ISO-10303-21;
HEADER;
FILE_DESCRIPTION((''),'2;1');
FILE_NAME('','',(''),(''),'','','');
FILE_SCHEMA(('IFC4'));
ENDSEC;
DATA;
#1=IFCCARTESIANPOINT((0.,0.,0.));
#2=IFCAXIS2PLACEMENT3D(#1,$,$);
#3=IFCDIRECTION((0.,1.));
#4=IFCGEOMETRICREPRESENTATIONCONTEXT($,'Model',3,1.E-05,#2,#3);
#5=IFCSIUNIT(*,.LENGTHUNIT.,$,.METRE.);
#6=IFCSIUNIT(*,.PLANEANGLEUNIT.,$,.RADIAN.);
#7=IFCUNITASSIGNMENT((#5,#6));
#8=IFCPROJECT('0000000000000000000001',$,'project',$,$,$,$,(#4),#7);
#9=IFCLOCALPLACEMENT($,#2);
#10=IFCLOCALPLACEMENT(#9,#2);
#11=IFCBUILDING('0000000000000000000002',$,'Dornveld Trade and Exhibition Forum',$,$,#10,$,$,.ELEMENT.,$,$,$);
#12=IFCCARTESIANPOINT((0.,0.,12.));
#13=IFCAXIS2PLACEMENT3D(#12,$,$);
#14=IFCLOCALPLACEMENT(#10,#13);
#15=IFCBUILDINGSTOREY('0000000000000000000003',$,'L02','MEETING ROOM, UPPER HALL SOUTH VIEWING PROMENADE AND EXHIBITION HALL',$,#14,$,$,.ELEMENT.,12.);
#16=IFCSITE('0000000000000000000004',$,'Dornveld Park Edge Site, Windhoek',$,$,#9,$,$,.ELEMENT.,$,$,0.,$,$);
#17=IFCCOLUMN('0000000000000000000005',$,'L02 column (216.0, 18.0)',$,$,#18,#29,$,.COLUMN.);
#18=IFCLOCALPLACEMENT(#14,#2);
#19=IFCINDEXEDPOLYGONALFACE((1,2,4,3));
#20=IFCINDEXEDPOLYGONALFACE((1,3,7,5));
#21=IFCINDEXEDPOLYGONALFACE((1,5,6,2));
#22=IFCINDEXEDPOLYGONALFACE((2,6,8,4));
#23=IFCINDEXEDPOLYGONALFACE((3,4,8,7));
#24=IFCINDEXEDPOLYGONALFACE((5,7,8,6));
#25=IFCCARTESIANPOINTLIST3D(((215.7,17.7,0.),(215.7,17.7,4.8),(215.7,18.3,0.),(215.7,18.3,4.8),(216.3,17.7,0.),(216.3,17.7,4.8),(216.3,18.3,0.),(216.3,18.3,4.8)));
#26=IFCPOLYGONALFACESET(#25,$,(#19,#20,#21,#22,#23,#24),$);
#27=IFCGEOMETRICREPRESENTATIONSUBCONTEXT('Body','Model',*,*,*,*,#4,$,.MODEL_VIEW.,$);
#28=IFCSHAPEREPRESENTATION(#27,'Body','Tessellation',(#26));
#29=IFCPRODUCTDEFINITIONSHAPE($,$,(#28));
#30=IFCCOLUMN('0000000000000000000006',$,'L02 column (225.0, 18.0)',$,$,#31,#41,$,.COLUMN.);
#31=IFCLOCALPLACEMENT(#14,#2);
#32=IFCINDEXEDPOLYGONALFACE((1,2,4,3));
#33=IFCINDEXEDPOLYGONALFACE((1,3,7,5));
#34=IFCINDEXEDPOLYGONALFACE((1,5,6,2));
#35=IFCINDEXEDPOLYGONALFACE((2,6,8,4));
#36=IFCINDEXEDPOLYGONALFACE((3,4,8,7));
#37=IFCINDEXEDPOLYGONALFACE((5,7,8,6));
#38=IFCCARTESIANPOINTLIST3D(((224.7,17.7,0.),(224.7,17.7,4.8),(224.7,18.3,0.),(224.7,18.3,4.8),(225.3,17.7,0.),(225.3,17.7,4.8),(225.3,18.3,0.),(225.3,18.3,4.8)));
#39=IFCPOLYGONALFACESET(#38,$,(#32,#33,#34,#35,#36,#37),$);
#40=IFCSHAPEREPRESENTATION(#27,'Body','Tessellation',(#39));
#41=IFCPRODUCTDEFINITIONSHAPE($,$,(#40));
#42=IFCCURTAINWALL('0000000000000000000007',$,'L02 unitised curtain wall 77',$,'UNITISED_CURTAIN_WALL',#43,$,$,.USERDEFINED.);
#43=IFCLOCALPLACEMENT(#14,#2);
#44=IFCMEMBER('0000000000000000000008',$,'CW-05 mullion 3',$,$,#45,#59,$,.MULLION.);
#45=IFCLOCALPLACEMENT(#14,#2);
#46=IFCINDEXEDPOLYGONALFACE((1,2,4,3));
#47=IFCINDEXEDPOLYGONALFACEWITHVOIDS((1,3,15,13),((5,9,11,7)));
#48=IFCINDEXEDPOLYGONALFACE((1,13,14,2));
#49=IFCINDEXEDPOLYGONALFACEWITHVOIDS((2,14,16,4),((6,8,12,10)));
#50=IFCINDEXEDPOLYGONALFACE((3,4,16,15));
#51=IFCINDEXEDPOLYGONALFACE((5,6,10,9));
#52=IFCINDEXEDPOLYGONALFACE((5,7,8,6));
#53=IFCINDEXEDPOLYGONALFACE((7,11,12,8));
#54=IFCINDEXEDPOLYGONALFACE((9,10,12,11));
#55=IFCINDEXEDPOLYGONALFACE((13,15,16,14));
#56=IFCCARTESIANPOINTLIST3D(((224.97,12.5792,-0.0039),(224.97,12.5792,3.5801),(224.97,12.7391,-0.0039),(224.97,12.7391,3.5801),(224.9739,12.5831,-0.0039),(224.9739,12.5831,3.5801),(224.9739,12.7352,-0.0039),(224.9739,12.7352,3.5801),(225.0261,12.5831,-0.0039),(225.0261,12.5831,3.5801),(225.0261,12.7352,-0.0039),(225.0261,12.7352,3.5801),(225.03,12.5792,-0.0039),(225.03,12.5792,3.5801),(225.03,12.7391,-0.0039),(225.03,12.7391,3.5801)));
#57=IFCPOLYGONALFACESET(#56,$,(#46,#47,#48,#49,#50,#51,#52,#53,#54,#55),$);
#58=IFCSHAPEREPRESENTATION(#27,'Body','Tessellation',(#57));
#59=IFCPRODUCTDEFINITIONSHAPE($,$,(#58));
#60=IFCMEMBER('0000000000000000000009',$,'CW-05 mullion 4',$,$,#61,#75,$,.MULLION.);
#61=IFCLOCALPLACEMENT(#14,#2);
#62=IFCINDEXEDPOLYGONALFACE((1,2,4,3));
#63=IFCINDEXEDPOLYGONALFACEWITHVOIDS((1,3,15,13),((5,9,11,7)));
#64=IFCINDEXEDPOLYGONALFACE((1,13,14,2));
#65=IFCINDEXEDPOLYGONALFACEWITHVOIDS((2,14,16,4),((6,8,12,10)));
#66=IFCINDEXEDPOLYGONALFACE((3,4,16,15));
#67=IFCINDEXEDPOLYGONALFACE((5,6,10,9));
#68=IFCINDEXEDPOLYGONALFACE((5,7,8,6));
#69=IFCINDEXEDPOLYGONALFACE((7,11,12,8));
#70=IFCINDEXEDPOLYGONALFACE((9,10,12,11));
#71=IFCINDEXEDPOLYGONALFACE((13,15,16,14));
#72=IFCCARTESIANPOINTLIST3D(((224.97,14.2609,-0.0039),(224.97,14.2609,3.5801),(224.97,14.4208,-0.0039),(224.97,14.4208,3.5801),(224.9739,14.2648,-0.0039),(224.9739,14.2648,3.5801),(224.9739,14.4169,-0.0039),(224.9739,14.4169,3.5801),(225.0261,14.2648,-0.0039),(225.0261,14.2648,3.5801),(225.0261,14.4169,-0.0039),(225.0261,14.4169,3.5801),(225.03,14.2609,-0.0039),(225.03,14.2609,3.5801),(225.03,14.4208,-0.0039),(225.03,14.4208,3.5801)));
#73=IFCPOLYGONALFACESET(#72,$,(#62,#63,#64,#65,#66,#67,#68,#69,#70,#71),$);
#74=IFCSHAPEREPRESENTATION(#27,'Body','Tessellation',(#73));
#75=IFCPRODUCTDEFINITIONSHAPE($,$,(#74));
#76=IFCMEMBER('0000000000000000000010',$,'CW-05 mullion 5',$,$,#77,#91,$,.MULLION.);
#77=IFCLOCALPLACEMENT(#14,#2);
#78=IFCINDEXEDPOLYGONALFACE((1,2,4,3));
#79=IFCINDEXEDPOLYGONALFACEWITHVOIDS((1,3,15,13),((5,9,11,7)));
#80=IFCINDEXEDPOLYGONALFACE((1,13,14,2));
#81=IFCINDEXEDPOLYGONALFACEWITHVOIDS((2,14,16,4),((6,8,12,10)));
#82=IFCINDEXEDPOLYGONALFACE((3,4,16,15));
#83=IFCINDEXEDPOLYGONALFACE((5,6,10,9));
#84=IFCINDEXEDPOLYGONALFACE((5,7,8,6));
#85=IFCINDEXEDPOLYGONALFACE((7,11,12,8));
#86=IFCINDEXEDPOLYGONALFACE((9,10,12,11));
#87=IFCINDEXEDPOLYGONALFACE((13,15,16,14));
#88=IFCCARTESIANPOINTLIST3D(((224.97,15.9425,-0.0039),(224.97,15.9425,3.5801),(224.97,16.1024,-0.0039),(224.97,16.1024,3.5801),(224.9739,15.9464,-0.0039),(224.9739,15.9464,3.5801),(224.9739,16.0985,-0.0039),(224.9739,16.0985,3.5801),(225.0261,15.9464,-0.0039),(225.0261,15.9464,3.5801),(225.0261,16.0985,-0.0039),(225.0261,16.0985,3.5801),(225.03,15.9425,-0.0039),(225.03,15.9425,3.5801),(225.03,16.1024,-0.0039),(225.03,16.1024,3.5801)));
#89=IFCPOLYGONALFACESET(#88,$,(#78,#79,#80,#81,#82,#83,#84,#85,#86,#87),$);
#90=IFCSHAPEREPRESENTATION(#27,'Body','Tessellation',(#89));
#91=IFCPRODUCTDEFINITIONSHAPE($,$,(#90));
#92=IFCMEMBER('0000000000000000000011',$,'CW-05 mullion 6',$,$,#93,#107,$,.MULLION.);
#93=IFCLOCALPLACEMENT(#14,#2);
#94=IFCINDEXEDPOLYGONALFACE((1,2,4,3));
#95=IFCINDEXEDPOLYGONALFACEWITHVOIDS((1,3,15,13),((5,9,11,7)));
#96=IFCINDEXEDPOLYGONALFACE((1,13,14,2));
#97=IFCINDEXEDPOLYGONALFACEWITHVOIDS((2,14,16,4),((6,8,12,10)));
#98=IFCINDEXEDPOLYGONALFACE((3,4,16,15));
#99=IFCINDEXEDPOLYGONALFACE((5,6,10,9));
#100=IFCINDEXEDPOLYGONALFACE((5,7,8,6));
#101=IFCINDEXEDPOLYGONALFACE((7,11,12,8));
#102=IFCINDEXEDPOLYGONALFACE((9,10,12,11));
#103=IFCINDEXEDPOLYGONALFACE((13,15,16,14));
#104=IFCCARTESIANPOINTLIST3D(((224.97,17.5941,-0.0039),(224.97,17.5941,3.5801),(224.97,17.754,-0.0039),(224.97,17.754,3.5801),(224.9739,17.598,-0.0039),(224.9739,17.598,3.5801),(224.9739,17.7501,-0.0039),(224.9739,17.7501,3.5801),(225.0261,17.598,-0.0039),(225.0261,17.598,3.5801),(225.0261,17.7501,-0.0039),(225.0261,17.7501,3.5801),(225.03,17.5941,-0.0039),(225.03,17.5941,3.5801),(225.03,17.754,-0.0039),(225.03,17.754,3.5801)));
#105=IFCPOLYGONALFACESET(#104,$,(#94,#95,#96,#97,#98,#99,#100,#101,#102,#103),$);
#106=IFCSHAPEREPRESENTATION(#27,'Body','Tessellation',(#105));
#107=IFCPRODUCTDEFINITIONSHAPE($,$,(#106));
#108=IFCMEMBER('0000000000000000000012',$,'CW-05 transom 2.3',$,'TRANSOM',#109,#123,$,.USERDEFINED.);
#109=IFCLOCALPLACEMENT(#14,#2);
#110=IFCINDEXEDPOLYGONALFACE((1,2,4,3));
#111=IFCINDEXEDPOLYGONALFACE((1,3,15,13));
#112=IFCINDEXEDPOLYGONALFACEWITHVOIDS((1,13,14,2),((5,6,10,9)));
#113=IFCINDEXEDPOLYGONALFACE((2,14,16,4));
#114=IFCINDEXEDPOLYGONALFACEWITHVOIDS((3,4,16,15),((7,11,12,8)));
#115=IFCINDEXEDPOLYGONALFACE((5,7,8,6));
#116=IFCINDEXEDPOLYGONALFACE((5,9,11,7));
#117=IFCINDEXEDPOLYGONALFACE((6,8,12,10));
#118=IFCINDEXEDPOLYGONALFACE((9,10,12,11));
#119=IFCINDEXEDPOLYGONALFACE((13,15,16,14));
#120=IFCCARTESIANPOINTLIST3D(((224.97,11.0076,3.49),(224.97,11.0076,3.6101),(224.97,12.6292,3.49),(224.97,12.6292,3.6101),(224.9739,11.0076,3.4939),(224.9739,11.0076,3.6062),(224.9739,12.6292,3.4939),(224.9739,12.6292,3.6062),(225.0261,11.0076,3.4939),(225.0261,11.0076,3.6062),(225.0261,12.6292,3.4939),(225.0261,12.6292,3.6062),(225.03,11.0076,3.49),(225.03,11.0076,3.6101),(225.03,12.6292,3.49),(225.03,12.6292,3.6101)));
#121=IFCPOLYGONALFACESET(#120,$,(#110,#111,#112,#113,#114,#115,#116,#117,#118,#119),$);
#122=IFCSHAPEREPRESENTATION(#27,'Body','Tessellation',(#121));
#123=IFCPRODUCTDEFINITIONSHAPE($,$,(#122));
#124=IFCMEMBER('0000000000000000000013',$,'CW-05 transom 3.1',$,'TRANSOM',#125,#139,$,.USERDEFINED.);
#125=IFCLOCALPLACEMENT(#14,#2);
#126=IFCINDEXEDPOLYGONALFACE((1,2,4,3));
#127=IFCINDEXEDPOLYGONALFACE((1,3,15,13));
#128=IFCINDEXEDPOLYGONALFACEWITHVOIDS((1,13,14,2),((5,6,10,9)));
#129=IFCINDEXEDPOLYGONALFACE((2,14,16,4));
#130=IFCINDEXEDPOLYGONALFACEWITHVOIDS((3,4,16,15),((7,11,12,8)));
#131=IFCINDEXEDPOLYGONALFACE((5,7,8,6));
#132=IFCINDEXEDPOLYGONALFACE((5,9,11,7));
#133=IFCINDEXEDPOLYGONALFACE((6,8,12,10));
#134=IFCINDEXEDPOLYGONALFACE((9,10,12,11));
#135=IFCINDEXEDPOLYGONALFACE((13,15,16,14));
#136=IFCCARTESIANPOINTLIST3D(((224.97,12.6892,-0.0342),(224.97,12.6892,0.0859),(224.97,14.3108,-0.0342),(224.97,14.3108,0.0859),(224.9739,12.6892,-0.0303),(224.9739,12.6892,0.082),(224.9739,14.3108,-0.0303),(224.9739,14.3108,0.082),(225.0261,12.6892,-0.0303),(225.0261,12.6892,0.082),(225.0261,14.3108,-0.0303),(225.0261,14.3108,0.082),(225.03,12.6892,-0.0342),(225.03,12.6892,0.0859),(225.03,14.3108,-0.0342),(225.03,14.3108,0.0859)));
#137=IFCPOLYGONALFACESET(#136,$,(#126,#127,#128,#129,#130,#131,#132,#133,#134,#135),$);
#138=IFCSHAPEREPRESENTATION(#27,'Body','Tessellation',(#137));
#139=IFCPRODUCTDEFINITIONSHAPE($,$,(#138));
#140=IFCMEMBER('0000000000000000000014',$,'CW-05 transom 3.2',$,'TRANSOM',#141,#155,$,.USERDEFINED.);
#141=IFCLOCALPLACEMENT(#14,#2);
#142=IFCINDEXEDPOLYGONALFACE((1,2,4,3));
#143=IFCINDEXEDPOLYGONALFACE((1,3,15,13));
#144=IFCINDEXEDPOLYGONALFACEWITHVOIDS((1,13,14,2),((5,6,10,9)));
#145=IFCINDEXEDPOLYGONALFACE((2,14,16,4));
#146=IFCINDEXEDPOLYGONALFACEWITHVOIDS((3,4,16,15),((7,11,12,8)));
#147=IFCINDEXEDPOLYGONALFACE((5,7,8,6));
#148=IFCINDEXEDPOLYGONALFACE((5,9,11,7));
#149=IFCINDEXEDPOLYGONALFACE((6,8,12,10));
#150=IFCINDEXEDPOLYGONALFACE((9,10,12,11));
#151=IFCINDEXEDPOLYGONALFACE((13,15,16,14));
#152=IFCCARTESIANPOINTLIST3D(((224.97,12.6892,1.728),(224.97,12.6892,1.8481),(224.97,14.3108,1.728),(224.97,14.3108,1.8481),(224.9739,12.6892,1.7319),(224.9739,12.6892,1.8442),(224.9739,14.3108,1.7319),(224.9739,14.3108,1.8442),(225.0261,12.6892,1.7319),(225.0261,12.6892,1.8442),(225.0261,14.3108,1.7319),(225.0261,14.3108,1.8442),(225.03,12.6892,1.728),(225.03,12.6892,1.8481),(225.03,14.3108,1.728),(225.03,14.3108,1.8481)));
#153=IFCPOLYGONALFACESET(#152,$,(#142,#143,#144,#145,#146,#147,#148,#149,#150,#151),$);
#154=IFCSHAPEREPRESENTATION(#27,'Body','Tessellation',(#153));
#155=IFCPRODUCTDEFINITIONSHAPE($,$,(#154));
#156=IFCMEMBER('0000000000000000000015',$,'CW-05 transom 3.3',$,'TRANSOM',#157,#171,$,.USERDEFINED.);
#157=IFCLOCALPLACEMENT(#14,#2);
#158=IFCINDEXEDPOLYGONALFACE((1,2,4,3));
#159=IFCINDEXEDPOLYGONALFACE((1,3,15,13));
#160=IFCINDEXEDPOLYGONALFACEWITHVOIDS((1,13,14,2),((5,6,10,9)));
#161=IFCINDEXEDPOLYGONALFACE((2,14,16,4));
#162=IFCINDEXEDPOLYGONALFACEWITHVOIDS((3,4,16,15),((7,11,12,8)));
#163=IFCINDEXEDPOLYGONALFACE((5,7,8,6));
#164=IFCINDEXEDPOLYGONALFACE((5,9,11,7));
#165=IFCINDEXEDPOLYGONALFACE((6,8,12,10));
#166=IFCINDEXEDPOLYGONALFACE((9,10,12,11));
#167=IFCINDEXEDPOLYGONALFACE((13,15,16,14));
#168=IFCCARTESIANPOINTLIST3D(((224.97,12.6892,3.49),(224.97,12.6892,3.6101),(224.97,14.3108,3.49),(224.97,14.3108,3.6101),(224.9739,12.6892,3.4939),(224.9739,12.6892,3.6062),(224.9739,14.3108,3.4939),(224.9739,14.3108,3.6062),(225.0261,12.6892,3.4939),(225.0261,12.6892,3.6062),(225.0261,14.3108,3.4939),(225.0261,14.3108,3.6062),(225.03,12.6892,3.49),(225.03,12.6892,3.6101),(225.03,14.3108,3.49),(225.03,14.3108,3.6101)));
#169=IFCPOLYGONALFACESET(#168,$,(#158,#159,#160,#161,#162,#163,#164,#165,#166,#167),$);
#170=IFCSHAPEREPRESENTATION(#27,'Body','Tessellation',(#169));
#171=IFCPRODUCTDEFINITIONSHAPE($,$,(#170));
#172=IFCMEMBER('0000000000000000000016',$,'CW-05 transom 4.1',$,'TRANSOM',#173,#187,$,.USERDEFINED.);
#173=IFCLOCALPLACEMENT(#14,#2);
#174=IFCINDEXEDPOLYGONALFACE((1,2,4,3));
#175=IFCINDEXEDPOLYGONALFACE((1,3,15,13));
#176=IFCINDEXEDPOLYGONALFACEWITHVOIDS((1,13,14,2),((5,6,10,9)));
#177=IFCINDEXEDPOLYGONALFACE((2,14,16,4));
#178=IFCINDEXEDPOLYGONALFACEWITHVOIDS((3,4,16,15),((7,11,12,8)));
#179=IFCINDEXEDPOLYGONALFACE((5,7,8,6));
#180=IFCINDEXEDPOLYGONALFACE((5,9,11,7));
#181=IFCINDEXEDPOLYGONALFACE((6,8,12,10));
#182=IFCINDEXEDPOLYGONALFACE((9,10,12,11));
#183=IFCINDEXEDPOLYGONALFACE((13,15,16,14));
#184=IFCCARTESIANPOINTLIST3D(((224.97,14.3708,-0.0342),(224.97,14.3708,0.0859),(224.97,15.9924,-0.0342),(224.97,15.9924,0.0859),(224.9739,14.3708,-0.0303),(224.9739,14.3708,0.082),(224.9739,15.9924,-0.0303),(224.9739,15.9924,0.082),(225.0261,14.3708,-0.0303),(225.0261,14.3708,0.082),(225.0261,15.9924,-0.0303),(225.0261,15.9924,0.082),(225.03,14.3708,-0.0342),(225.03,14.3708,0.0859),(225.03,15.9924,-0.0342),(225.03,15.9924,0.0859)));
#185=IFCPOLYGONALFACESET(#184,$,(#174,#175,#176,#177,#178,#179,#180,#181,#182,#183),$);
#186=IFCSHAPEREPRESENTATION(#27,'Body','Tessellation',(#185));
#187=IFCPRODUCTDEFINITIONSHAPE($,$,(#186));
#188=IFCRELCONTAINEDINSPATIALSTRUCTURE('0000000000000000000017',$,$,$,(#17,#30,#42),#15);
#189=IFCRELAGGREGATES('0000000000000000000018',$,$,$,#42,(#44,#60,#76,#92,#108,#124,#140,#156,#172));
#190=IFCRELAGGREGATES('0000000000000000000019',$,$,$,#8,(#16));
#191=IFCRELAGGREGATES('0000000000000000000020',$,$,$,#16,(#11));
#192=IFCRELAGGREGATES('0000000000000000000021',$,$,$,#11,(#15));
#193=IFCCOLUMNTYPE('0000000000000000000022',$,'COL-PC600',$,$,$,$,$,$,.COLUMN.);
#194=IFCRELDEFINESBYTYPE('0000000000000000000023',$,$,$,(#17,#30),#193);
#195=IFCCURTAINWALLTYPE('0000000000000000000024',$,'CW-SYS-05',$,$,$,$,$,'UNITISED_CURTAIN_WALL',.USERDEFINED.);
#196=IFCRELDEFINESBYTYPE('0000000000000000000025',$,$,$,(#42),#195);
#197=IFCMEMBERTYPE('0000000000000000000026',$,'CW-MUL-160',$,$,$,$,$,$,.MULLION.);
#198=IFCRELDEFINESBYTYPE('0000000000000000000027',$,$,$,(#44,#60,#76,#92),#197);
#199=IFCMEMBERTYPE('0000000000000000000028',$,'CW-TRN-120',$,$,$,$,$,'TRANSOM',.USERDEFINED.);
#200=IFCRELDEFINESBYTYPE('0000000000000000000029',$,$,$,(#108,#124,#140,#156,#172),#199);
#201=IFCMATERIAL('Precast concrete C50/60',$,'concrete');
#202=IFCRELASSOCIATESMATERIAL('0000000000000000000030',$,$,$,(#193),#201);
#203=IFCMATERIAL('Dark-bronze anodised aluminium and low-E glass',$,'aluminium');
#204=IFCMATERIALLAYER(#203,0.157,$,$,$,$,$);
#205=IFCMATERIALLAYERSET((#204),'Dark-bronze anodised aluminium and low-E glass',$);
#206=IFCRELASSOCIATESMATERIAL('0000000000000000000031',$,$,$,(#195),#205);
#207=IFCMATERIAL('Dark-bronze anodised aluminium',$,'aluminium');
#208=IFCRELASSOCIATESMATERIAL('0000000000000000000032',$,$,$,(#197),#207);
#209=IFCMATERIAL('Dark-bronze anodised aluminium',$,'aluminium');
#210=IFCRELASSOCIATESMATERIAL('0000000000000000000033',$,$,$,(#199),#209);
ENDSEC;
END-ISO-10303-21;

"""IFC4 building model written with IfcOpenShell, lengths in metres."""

from ifc_helpers import new_model, si_unit, direction, frame, origin, origin_2d, place, context, subcontext, project, spatial, rectangle, hollow_rectangle, extrude, material, layer, layer_set, material_profile, profile_set, type_object, element, aggregate, save


model = new_model("IFC4")

# Units and contexts
model_context = context("Model", 3, precision=1e-05, world=origin(), true_north=direction((0.0, 1.0)))
body_context = subcontext(model_context, "Body", "Model", "MODEL_VIEW")
ifc_project = project(units=[si_unit("LENGTHUNIT", "METRE"), si_unit("PLANEANGLEUNIT", "RADIAN")], contexts=[model_context])

# Site, building, storey
site_placement = place(None, origin())
site = spatial("IfcSite", under=ifc_project, at=site_placement, Name="Dornveld Park Edge Site, Windhoek", CompositionType="ELEMENT", RefElevation=0.0)
building_placement = place(site_placement, origin())
building = spatial("IfcBuilding", under=site, at=building_placement, Name="Dornveld Trade and Exhibition Forum", CompositionType="ELEMENT")
storey_placement = place(building_placement, frame((0.0, 0.0, 12.0)))
storey = spatial("IfcBuildingStorey", under=building, at=storey_placement, Name="L02", Description="MEETING ROOM, UPPER HALL SOUTH VIEWING PROMENADE AND EXHIBITION HALL", CompositionType="ELEMENT", Elevation=12.0)

# Columns
ifc_material_1 = material(Name="Precast concrete C50/60", Category="concrete")
ifc_material_profile_1 = material_profile(ifc_material_1, rectangle(XDim=0.6001, YDim=0.6001, at=origin_2d()), Name="PC-COL 600x600")
ifc_profile_set_1 = profile_set([ifc_material_profile_1], Name="Precast concrete C50/60")
column_type = type_object("IfcColumnType", Name="COL-PC600", PredefinedType="COLUMN", material=ifc_profile_set_1)
for number, where, z_axis, x_axis, name in (
    (1, (216.0, 18.0, 0.0), (0.0, 0.0, 1.0), (1.0, 0.0, 0.0), "L02 column (216.0, 18.0)"),
    (2, (225.0, 18.0, 0.0), (0.0, 0.0, 1.0), (1.0, 0.0, 0.0), "L02 column (225.0, 18.0)"),
):
    element("IfcColumn", number, at=place(storey_placement, frame(where, z_axis=z_axis, x_axis=x_axis)), inside=storey, type_object=column_type, Name=name, PredefinedType="COLUMN", context=body_context, shape_type="SweptSolid", body=[
        extrude(rectangle(XDim=0.6001, YDim=0.6001, at=origin_2d()), origin(), (0.0, 0.0, 1.0), 4.8),
    ])

# Curtain wall, members
ifc_material_2 = material(Name="Dark-bronze anodised aluminium and low-E glass", Category="aluminium")
ifc_layer_1 = layer(ifc_material_2, 0.157)
ifc_layer_set_1 = layer_set([ifc_layer_1], Name="Dark-bronze anodised aluminium and low-E glass")
curtain_wall_type = type_object("IfcCurtainWallType", Name="CW-SYS-05", ElementType="UNITISED_CURTAIN_WALL", PredefinedType="USERDEFINED", material=ifc_layer_set_1)
curtain_wall_placement = place(storey_placement, origin())
curtain_wall = element("IfcCurtainWall", 3, at=curtain_wall_placement, inside=storey, type_object=curtain_wall_type, Name="L02 unitised curtain wall 77", ObjectType="UNITISED_CURTAIN_WALL", PredefinedType="USERDEFINED")
ifc_material_3 = material(Name="Dark-bronze anodised aluminium", Category="aluminium")
ifc_material_profile_2 = material_profile(ifc_material_3, hollow_rectangle(XDim=0.0601, YDim=0.1599, WallThickness=0.0039, at=origin_2d()), Name="RHS 160x60x4")
ifc_profile_set_2 = profile_set([ifc_material_profile_2], Name="Dark-bronze anodised aluminium")
member_type_1 = type_object("IfcMemberType", Name="CW-MUL-160", PredefinedType="MULLION", material=ifc_profile_set_2)
member_1_placement = place(storey_placement, frame((225.0, 12.6592, -0.0039), z_axis=(0.0, 0.0, 1.0), x_axis=(-1.0, 0.0, 0.0)))
member_1 = element("IfcMember", 4, at=member_1_placement, type_object=member_type_1, Name="CW-05 mullion 3", PredefinedType="MULLION", context=body_context, shape_type="SweptSolid", body=[
    extrude(hollow_rectangle(XDim=0.0601, YDim=0.1599, WallThickness=0.0039, at=origin_2d()), origin(), (0.0, 0.0, 1.0), 3.584),
])
member_2_placement = place(storey_placement, frame((225.0, 14.3408, -0.0039), z_axis=(0.0, 0.0, 1.0), x_axis=(-1.0, 0.0, 0.0)))
member_2 = element("IfcMember", 5, at=member_2_placement, type_object=member_type_1, Name="CW-05 mullion 4", PredefinedType="MULLION", context=body_context, shape_type="SweptSolid", body=[
    extrude(hollow_rectangle(XDim=0.0601, YDim=0.1599, WallThickness=0.0039, at=origin_2d()), origin(), (0.0, 0.0, 1.0), 3.584),
])
member_3_placement = place(storey_placement, frame((225.0, 16.0225, -0.0039), z_axis=(0.0, 0.0, 1.0), x_axis=(-1.0, 0.0, 0.0)))
member_3 = element("IfcMember", 6, at=member_3_placement, type_object=member_type_1, Name="CW-05 mullion 5", PredefinedType="MULLION", context=body_context, shape_type="SweptSolid", body=[
    extrude(hollow_rectangle(XDim=0.0601, YDim=0.1599, WallThickness=0.0039, at=origin_2d()), origin(), (0.0, 0.0, 1.0), 3.584),
])
member_4_placement = place(storey_placement, frame((225.0, 17.6741, -0.0039), z_axis=(0.0, 0.0, 1.0), x_axis=(-1.0, 0.0, 0.0)))
member_4 = element("IfcMember", 7, at=member_4_placement, type_object=member_type_1, Name="CW-05 mullion 6", PredefinedType="MULLION", context=body_context, shape_type="SweptSolid", body=[
    extrude(hollow_rectangle(XDim=0.0601, YDim=0.1599, WallThickness=0.0039, at=origin_2d()), origin(), (0.0, 0.0, 1.0), 3.584),
])
ifc_material_4 = material(Name="Dark-bronze anodised aluminium", Category="aluminium")
ifc_material_profile_3 = material_profile(ifc_material_4, hollow_rectangle(XDim=0.0601, YDim=0.1201, WallThickness=0.0039, at=origin_2d()), Name="RHS 120x60x4")
ifc_profile_set_3 = profile_set([ifc_material_profile_3], Name="Dark-bronze anodised aluminium")
member_type_2 = type_object("IfcMemberType", Name="CW-TRN-120", ElementType="TRANSOM", PredefinedType="USERDEFINED", material=ifc_profile_set_3)
member_5_placement = place(storey_placement, frame((225.0, 11.0076, 3.55), z_axis=(0.0, 1.0, 0.0), x_axis=(-1.0, 0.0, 0.0)))
member_5 = element("IfcMember", 8, at=member_5_placement, type_object=member_type_2, Name="CW-05 transom 2.3", ObjectType="TRANSOM", PredefinedType="USERDEFINED", context=body_context, shape_type="SweptSolid", body=[
    extrude(hollow_rectangle(XDim=0.0601, YDim=0.1201, WallThickness=0.0039, at=origin_2d()), origin(), (0.0, 0.0, 1.0), 1.6216),
])
member_6_placement = place(storey_placement, frame((225.0, 12.6892, 0.0259), z_axis=(0.0, 1.0, 0.0), x_axis=(-1.0, 0.0, 0.0)))
member_6 = element("IfcMember", 9, at=member_6_placement, type_object=member_type_2, Name="CW-05 transom 3.1", ObjectType="TRANSOM", PredefinedType="USERDEFINED", context=body_context, shape_type="SweptSolid", body=[
    extrude(hollow_rectangle(XDim=0.0601, YDim=0.1201, WallThickness=0.0039, at=origin_2d()), origin(), (0.0, 0.0, 1.0), 1.6216),
])
member_7_placement = place(storey_placement, frame((225.0, 12.6892, 1.7881), z_axis=(0.0, 1.0, 0.0), x_axis=(-1.0, 0.0, 0.0)))
member_7 = element("IfcMember", 10, at=member_7_placement, type_object=member_type_2, Name="CW-05 transom 3.2", ObjectType="TRANSOM", PredefinedType="USERDEFINED", context=body_context, shape_type="SweptSolid", body=[
    extrude(hollow_rectangle(XDim=0.0601, YDim=0.1201, WallThickness=0.0039, at=origin_2d()), origin(), (0.0, 0.0, 1.0), 1.6216),
])
member_8_placement = place(storey_placement, frame((225.0, 12.6892, 3.55), z_axis=(0.0, 1.0, 0.0), x_axis=(-1.0, 0.0, 0.0)))
member_8 = element("IfcMember", 11, at=member_8_placement, type_object=member_type_2, Name="CW-05 transom 3.3", ObjectType="TRANSOM", PredefinedType="USERDEFINED", context=body_context, shape_type="SweptSolid", body=[
    extrude(hollow_rectangle(XDim=0.0601, YDim=0.1201, WallThickness=0.0039, at=origin_2d()), origin(), (0.0, 0.0, 1.0), 1.6216),
])
member_9_placement = place(storey_placement, frame((225.0, 14.3708, 0.0259), z_axis=(0.0, 1.0, 0.0), x_axis=(-1.0, 0.0, 0.0)))
member_9 = element("IfcMember", 12, at=member_9_placement, type_object=member_type_2, Name="CW-05 transom 4.1", ObjectType="TRANSOM", PredefinedType="USERDEFINED", context=body_context, shape_type="SweptSolid", body=[
    extrude(hollow_rectangle(XDim=0.0601, YDim=0.1201, WallThickness=0.0039, at=origin_2d()), origin(), (0.0, 0.0, 1.0), 1.6216),
])
aggregate(curtain_wall, [member_1, member_2, member_3, member_4, member_5, member_6, member_7, member_8, member_9])

save(model, "model.ifc")
